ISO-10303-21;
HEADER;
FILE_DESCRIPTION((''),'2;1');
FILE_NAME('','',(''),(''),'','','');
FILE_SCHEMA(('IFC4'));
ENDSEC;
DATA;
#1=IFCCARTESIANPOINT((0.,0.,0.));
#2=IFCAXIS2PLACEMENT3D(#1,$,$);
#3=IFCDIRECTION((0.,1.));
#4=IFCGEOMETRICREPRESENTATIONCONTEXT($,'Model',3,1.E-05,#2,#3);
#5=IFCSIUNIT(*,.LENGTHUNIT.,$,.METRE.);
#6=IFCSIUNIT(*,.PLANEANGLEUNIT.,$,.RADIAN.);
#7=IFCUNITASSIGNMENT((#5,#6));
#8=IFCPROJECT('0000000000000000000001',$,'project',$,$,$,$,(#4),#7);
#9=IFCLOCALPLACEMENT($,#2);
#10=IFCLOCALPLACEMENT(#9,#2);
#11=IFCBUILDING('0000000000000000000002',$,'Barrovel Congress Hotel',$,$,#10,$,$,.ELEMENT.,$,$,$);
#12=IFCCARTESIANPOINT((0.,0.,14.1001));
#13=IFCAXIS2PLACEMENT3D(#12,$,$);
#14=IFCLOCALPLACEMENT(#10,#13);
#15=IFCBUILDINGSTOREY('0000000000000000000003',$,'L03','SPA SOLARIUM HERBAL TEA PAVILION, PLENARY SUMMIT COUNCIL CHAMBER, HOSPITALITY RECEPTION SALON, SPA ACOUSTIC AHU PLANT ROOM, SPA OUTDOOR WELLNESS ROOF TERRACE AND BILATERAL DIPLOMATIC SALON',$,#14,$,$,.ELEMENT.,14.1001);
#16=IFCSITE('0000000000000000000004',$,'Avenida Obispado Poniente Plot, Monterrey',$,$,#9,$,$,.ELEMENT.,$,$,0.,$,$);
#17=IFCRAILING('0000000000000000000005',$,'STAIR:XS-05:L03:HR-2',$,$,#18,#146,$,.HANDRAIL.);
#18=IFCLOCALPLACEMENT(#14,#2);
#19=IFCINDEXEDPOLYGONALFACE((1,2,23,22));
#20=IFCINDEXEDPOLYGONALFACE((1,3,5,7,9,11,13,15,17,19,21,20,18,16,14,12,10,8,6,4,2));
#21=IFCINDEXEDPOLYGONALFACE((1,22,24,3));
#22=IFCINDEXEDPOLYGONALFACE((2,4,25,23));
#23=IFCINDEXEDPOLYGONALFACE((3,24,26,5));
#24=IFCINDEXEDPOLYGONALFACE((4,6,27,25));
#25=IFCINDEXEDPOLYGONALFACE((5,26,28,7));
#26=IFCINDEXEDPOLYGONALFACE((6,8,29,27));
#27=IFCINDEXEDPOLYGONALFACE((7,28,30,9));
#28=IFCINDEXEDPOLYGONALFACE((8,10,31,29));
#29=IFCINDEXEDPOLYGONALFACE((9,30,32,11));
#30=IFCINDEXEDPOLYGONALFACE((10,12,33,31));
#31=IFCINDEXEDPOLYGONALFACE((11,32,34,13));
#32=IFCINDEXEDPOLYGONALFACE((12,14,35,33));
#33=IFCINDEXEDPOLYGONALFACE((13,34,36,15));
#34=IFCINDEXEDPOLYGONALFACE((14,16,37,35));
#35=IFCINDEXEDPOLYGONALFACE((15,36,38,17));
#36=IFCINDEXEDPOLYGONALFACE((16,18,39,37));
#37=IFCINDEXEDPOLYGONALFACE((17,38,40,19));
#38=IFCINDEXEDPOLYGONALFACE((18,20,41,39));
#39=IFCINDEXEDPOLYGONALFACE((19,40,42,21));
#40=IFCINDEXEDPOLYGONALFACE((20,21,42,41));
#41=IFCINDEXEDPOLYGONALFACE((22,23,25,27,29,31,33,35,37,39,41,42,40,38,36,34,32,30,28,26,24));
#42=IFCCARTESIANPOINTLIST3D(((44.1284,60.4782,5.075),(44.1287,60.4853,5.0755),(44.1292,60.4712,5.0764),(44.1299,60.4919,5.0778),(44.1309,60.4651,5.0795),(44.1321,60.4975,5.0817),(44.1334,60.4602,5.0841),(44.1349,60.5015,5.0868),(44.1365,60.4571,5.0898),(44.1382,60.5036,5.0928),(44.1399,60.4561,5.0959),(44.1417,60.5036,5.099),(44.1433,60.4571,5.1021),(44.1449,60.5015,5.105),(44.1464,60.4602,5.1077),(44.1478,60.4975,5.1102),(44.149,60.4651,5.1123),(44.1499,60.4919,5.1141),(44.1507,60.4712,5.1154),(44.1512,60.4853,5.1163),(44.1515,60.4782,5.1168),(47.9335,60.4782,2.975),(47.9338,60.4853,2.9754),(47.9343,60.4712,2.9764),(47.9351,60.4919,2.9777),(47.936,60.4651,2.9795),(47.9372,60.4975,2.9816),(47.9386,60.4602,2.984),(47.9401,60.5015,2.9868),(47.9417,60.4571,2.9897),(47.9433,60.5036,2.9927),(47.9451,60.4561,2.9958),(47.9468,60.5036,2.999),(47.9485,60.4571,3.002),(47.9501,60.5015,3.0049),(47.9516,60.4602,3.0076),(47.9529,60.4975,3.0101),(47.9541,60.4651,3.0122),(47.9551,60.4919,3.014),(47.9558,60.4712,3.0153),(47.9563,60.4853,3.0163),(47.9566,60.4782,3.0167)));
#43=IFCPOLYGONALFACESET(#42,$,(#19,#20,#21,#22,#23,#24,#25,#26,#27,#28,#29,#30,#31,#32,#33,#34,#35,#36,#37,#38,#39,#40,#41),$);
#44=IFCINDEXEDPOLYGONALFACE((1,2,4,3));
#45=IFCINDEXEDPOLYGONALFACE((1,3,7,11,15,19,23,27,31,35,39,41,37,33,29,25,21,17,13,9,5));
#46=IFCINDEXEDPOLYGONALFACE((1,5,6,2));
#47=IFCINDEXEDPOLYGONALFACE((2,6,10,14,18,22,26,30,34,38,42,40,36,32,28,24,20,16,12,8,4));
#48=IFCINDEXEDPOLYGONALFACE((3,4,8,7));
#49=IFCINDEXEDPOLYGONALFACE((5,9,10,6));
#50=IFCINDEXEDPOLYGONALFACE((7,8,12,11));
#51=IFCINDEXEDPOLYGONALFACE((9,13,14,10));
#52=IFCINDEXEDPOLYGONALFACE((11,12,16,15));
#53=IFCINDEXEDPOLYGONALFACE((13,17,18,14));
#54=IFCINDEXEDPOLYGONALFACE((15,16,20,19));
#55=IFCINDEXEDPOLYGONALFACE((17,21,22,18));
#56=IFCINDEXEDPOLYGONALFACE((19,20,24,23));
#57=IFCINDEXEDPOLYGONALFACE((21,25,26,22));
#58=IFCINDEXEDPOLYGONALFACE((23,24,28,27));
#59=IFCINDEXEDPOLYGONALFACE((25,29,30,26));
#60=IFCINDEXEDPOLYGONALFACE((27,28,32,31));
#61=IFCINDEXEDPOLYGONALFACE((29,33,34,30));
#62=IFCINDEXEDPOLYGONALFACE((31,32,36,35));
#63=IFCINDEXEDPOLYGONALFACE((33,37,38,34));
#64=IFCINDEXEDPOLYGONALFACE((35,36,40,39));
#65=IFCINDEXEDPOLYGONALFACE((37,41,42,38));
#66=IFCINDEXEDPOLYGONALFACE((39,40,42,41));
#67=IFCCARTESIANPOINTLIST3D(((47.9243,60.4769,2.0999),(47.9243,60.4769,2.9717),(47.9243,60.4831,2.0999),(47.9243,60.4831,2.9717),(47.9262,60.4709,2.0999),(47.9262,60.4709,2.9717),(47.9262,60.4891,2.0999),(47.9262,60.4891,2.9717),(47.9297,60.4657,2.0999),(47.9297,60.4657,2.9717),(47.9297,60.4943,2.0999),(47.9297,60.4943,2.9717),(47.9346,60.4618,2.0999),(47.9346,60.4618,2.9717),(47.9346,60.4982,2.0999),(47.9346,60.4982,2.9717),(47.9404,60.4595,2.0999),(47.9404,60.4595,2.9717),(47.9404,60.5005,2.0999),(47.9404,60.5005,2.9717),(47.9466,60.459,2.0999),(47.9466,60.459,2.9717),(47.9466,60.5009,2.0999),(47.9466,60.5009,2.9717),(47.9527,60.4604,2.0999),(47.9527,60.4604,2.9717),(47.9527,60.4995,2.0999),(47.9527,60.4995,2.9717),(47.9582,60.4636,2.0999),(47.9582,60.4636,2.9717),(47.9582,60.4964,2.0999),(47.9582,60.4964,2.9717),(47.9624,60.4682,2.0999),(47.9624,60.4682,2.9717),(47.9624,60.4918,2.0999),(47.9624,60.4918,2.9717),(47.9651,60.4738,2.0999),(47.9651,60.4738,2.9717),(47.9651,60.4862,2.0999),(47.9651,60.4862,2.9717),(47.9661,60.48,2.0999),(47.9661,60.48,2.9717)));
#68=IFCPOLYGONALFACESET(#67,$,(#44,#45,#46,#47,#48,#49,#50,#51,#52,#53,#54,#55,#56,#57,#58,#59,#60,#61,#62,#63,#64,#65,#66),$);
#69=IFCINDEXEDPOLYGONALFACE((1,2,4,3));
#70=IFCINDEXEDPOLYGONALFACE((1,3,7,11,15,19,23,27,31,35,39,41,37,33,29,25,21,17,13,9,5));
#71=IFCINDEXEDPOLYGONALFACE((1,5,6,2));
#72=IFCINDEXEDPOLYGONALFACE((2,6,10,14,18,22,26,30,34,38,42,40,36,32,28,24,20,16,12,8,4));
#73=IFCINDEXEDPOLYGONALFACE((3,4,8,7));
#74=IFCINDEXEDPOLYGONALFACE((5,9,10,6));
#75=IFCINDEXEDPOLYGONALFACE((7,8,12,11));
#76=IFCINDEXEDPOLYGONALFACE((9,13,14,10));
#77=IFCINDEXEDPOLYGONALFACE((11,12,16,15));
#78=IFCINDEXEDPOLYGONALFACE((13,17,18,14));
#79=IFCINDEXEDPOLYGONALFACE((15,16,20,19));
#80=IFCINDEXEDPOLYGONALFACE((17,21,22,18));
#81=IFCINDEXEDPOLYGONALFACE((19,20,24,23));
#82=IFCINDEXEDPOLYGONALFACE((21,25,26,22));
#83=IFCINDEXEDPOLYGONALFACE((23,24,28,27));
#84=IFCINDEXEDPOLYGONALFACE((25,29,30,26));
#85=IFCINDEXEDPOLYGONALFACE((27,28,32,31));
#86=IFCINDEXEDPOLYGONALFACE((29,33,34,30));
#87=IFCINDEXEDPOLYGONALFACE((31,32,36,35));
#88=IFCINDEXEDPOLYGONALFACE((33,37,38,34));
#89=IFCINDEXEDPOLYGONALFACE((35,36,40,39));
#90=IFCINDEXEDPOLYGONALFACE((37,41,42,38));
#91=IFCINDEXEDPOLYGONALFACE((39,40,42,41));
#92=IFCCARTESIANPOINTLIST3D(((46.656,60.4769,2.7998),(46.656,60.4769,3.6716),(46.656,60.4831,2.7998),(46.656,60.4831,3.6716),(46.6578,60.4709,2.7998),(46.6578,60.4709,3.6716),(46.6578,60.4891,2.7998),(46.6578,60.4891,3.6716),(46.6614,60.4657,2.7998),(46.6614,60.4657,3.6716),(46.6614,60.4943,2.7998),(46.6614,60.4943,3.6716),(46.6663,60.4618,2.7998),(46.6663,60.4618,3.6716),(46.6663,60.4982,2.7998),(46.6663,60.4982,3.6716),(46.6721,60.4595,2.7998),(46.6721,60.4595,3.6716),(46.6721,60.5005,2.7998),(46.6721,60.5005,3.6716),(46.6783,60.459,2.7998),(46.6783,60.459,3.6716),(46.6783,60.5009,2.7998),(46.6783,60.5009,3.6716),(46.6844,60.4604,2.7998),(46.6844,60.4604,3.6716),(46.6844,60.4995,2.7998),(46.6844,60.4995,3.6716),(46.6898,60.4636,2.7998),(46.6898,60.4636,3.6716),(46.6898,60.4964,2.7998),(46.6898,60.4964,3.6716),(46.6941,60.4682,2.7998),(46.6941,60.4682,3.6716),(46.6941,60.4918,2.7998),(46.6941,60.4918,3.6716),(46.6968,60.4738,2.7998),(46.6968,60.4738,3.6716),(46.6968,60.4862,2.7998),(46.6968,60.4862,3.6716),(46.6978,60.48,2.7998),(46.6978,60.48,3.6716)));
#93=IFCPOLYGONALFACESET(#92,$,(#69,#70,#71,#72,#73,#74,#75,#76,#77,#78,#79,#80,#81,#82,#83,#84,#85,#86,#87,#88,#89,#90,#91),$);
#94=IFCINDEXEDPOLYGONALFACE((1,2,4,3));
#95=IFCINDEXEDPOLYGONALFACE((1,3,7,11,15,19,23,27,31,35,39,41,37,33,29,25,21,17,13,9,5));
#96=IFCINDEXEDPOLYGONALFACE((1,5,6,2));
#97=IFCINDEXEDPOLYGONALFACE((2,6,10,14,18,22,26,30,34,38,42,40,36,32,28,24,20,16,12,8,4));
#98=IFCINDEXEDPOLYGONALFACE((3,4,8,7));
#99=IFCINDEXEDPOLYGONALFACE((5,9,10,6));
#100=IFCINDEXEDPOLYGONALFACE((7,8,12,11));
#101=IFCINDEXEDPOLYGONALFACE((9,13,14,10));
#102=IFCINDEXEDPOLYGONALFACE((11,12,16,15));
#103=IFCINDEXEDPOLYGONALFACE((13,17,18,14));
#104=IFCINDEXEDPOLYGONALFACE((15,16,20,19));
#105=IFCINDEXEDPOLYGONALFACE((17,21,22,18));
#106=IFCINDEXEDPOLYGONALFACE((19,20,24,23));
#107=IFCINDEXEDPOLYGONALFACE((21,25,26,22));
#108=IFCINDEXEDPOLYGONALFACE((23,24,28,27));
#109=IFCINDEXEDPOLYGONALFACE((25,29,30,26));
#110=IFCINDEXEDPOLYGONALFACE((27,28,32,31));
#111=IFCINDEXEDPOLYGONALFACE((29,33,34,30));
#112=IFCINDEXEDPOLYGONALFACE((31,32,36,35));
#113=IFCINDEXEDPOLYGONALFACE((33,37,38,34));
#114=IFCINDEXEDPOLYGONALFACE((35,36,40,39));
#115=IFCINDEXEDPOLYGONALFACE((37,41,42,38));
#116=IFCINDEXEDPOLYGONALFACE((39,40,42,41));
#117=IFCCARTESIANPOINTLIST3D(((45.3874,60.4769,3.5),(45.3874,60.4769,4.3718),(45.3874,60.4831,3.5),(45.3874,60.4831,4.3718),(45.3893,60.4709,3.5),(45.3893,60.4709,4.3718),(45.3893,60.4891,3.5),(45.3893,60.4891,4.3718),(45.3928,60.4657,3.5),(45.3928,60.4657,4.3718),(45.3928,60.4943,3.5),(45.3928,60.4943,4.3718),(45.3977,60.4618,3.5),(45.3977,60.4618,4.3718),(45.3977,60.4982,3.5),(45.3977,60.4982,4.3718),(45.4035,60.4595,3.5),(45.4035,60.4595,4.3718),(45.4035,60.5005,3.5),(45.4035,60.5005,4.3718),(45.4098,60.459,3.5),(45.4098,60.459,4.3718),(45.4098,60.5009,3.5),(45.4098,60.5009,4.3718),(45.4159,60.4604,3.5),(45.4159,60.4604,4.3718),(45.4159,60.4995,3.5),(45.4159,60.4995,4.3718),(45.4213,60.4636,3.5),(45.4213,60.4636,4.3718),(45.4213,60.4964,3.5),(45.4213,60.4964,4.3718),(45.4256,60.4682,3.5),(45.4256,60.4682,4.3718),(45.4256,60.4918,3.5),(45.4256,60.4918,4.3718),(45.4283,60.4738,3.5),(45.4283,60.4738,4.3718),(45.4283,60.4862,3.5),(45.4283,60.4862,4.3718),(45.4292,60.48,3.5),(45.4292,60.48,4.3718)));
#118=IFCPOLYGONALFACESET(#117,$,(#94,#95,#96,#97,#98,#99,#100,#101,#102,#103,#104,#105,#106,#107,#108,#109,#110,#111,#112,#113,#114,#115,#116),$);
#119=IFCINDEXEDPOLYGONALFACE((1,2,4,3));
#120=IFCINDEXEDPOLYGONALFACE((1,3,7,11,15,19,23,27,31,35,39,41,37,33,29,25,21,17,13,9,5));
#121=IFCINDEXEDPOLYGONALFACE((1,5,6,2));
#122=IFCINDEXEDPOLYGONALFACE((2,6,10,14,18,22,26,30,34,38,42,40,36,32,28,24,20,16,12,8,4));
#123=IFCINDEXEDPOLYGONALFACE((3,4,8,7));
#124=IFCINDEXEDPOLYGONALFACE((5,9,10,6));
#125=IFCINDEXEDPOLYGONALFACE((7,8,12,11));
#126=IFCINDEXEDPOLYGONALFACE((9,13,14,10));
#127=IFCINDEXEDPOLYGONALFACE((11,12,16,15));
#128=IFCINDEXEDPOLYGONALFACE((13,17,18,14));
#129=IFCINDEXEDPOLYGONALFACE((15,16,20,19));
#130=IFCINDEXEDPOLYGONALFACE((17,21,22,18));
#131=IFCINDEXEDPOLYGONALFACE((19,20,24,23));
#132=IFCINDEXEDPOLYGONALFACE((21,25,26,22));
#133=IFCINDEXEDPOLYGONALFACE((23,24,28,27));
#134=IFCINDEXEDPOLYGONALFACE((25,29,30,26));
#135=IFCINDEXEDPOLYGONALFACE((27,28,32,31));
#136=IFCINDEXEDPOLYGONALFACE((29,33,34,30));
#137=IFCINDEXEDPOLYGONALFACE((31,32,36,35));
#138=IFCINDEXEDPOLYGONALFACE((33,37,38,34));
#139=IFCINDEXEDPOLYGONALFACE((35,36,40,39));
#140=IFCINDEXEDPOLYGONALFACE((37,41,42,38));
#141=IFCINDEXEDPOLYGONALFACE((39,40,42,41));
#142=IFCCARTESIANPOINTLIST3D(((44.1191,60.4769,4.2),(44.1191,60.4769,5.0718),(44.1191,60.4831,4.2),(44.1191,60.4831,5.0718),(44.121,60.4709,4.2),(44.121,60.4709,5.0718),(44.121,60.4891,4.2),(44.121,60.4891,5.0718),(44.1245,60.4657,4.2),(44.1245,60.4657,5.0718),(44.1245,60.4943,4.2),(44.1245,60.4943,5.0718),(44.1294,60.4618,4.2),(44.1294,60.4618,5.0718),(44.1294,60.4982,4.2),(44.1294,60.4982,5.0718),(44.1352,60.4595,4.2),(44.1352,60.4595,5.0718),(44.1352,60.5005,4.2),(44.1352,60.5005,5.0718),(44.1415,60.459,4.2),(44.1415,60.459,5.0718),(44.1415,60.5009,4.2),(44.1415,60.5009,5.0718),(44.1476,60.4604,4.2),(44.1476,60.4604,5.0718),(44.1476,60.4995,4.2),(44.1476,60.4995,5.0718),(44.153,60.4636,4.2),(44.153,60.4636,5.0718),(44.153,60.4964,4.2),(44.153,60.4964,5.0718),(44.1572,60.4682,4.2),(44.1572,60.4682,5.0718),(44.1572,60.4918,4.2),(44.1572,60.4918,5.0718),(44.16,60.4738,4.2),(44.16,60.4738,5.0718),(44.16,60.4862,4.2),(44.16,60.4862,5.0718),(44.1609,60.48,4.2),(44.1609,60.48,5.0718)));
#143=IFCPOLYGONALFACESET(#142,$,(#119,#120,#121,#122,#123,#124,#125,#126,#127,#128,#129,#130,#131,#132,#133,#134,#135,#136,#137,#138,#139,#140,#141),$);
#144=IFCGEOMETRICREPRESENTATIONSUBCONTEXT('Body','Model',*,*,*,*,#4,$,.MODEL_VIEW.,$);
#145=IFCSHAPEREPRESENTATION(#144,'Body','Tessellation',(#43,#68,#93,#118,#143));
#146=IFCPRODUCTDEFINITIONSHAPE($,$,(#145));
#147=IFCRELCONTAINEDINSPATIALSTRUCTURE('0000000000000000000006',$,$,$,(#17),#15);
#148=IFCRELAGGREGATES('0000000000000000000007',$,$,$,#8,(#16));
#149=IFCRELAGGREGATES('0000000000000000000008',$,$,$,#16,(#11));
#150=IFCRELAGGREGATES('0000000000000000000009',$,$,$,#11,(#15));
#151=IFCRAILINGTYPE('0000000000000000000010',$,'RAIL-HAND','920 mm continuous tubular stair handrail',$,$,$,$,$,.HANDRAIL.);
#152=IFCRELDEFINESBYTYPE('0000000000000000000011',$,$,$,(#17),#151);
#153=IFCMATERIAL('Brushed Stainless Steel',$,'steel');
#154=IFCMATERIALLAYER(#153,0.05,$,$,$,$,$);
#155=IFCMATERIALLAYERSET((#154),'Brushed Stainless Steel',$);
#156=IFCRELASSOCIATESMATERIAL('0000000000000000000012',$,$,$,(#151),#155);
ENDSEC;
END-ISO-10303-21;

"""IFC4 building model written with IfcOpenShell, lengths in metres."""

from ifc_helpers import new_model, si_unit, direction, frame, origin, origin_2d, place, context, subcontext, project, spatial, circle, extrude, material, layer, layer_set, type_object, element, save


model = new_model("IFC4")

# Units and contexts
model_context = context("Model", 3, precision=1e-05, world=origin(), true_north=direction((0.0, 1.0)))
body_context = subcontext(model_context, "Body", "Model", "MODEL_VIEW")
ifc_project = project(units=[si_unit("LENGTHUNIT", "METRE"), si_unit("PLANEANGLEUNIT", "RADIAN")], contexts=[model_context])

# Site, building, storey
site_placement = place(None, origin())
site = spatial("IfcSite", under=ifc_project, at=site_placement, Name="Avenida Obispado Poniente Plot, Monterrey", CompositionType="ELEMENT", RefElevation=0.0)
building_placement = place(site_placement, origin())
building = spatial("IfcBuilding", under=site, at=building_placement, Name="Barrovel Congress Hotel", CompositionType="ELEMENT")
storey_placement = place(building_placement, frame((0.0, 0.0, 14.1001)))
storey = spatial("IfcBuildingStorey", under=building, at=storey_placement, Name="L03", Description="SPA SOLARIUM HERBAL TEA PAVILION, PLENARY SUMMIT COUNCIL CHAMBER, HOSPITALITY RECEPTION SALON, SPA ACOUSTIC AHU PLANT ROOM, SPA OUTDOOR WELLNESS ROOF TERRACE AND BILATERAL DIPLOMATIC SALON", CompositionType="ELEMENT", Elevation=14.1001)

# Railing
ifc_material_1 = material(Name="Brushed Stainless Steel", Category="steel")
ifc_layer_1 = layer(ifc_material_1, 0.05)
ifc_layer_set_1 = layer_set([ifc_layer_1], Name="Brushed Stainless Steel")
railing_type_1 = type_object("IfcRailingType", Name="RAIL-HAND", Description="920 mm continuous tubular stair handrail", PredefinedType="HANDRAIL", material=ifc_layer_set_1)
railing_1_placement = place(storey_placement, frame((47.9451, 60.48, 2.0999)))
element("IfcRailing", 1, at=railing_1_placement, inside=storey, type_object=railing_type_1, Name="STAIR:XS-05:L03:HR-2", PredefinedType="HANDRAIL", context=body_context, shape_type="SweptSolid", body=[
    extrude(circle(Radius=0.0239, at=origin_2d()), frame((0.0, 0.0, 0.896), z_axis=(-0.87551, 0.0, 0.483199), x_axis=(0.0, -1.0, 0.0)), (0.0, 0.0, 1.0), 4.3462),
    extrude(circle(Radius=0.021, at=origin_2d()), origin(), (0.0, 0.0, 1.0), 0.8718),
    extrude(circle(Radius=0.021, at=origin_2d()), frame((-1.2683, 0.0, 0.7)), (0.0, 0.0, 1.0), 0.8718),
    extrude(circle(Radius=0.021, at=origin_2d()), frame((-2.5369, 0.0, 1.4001)), (0.0, 0.0, 1.0), 0.8718),
    extrude(circle(Radius=0.021, at=origin_2d()), frame((-3.8052, 0.0, 2.1001)), (0.0, 0.0, 1.0), 0.8718),
])

save(model, "model.ifc")
